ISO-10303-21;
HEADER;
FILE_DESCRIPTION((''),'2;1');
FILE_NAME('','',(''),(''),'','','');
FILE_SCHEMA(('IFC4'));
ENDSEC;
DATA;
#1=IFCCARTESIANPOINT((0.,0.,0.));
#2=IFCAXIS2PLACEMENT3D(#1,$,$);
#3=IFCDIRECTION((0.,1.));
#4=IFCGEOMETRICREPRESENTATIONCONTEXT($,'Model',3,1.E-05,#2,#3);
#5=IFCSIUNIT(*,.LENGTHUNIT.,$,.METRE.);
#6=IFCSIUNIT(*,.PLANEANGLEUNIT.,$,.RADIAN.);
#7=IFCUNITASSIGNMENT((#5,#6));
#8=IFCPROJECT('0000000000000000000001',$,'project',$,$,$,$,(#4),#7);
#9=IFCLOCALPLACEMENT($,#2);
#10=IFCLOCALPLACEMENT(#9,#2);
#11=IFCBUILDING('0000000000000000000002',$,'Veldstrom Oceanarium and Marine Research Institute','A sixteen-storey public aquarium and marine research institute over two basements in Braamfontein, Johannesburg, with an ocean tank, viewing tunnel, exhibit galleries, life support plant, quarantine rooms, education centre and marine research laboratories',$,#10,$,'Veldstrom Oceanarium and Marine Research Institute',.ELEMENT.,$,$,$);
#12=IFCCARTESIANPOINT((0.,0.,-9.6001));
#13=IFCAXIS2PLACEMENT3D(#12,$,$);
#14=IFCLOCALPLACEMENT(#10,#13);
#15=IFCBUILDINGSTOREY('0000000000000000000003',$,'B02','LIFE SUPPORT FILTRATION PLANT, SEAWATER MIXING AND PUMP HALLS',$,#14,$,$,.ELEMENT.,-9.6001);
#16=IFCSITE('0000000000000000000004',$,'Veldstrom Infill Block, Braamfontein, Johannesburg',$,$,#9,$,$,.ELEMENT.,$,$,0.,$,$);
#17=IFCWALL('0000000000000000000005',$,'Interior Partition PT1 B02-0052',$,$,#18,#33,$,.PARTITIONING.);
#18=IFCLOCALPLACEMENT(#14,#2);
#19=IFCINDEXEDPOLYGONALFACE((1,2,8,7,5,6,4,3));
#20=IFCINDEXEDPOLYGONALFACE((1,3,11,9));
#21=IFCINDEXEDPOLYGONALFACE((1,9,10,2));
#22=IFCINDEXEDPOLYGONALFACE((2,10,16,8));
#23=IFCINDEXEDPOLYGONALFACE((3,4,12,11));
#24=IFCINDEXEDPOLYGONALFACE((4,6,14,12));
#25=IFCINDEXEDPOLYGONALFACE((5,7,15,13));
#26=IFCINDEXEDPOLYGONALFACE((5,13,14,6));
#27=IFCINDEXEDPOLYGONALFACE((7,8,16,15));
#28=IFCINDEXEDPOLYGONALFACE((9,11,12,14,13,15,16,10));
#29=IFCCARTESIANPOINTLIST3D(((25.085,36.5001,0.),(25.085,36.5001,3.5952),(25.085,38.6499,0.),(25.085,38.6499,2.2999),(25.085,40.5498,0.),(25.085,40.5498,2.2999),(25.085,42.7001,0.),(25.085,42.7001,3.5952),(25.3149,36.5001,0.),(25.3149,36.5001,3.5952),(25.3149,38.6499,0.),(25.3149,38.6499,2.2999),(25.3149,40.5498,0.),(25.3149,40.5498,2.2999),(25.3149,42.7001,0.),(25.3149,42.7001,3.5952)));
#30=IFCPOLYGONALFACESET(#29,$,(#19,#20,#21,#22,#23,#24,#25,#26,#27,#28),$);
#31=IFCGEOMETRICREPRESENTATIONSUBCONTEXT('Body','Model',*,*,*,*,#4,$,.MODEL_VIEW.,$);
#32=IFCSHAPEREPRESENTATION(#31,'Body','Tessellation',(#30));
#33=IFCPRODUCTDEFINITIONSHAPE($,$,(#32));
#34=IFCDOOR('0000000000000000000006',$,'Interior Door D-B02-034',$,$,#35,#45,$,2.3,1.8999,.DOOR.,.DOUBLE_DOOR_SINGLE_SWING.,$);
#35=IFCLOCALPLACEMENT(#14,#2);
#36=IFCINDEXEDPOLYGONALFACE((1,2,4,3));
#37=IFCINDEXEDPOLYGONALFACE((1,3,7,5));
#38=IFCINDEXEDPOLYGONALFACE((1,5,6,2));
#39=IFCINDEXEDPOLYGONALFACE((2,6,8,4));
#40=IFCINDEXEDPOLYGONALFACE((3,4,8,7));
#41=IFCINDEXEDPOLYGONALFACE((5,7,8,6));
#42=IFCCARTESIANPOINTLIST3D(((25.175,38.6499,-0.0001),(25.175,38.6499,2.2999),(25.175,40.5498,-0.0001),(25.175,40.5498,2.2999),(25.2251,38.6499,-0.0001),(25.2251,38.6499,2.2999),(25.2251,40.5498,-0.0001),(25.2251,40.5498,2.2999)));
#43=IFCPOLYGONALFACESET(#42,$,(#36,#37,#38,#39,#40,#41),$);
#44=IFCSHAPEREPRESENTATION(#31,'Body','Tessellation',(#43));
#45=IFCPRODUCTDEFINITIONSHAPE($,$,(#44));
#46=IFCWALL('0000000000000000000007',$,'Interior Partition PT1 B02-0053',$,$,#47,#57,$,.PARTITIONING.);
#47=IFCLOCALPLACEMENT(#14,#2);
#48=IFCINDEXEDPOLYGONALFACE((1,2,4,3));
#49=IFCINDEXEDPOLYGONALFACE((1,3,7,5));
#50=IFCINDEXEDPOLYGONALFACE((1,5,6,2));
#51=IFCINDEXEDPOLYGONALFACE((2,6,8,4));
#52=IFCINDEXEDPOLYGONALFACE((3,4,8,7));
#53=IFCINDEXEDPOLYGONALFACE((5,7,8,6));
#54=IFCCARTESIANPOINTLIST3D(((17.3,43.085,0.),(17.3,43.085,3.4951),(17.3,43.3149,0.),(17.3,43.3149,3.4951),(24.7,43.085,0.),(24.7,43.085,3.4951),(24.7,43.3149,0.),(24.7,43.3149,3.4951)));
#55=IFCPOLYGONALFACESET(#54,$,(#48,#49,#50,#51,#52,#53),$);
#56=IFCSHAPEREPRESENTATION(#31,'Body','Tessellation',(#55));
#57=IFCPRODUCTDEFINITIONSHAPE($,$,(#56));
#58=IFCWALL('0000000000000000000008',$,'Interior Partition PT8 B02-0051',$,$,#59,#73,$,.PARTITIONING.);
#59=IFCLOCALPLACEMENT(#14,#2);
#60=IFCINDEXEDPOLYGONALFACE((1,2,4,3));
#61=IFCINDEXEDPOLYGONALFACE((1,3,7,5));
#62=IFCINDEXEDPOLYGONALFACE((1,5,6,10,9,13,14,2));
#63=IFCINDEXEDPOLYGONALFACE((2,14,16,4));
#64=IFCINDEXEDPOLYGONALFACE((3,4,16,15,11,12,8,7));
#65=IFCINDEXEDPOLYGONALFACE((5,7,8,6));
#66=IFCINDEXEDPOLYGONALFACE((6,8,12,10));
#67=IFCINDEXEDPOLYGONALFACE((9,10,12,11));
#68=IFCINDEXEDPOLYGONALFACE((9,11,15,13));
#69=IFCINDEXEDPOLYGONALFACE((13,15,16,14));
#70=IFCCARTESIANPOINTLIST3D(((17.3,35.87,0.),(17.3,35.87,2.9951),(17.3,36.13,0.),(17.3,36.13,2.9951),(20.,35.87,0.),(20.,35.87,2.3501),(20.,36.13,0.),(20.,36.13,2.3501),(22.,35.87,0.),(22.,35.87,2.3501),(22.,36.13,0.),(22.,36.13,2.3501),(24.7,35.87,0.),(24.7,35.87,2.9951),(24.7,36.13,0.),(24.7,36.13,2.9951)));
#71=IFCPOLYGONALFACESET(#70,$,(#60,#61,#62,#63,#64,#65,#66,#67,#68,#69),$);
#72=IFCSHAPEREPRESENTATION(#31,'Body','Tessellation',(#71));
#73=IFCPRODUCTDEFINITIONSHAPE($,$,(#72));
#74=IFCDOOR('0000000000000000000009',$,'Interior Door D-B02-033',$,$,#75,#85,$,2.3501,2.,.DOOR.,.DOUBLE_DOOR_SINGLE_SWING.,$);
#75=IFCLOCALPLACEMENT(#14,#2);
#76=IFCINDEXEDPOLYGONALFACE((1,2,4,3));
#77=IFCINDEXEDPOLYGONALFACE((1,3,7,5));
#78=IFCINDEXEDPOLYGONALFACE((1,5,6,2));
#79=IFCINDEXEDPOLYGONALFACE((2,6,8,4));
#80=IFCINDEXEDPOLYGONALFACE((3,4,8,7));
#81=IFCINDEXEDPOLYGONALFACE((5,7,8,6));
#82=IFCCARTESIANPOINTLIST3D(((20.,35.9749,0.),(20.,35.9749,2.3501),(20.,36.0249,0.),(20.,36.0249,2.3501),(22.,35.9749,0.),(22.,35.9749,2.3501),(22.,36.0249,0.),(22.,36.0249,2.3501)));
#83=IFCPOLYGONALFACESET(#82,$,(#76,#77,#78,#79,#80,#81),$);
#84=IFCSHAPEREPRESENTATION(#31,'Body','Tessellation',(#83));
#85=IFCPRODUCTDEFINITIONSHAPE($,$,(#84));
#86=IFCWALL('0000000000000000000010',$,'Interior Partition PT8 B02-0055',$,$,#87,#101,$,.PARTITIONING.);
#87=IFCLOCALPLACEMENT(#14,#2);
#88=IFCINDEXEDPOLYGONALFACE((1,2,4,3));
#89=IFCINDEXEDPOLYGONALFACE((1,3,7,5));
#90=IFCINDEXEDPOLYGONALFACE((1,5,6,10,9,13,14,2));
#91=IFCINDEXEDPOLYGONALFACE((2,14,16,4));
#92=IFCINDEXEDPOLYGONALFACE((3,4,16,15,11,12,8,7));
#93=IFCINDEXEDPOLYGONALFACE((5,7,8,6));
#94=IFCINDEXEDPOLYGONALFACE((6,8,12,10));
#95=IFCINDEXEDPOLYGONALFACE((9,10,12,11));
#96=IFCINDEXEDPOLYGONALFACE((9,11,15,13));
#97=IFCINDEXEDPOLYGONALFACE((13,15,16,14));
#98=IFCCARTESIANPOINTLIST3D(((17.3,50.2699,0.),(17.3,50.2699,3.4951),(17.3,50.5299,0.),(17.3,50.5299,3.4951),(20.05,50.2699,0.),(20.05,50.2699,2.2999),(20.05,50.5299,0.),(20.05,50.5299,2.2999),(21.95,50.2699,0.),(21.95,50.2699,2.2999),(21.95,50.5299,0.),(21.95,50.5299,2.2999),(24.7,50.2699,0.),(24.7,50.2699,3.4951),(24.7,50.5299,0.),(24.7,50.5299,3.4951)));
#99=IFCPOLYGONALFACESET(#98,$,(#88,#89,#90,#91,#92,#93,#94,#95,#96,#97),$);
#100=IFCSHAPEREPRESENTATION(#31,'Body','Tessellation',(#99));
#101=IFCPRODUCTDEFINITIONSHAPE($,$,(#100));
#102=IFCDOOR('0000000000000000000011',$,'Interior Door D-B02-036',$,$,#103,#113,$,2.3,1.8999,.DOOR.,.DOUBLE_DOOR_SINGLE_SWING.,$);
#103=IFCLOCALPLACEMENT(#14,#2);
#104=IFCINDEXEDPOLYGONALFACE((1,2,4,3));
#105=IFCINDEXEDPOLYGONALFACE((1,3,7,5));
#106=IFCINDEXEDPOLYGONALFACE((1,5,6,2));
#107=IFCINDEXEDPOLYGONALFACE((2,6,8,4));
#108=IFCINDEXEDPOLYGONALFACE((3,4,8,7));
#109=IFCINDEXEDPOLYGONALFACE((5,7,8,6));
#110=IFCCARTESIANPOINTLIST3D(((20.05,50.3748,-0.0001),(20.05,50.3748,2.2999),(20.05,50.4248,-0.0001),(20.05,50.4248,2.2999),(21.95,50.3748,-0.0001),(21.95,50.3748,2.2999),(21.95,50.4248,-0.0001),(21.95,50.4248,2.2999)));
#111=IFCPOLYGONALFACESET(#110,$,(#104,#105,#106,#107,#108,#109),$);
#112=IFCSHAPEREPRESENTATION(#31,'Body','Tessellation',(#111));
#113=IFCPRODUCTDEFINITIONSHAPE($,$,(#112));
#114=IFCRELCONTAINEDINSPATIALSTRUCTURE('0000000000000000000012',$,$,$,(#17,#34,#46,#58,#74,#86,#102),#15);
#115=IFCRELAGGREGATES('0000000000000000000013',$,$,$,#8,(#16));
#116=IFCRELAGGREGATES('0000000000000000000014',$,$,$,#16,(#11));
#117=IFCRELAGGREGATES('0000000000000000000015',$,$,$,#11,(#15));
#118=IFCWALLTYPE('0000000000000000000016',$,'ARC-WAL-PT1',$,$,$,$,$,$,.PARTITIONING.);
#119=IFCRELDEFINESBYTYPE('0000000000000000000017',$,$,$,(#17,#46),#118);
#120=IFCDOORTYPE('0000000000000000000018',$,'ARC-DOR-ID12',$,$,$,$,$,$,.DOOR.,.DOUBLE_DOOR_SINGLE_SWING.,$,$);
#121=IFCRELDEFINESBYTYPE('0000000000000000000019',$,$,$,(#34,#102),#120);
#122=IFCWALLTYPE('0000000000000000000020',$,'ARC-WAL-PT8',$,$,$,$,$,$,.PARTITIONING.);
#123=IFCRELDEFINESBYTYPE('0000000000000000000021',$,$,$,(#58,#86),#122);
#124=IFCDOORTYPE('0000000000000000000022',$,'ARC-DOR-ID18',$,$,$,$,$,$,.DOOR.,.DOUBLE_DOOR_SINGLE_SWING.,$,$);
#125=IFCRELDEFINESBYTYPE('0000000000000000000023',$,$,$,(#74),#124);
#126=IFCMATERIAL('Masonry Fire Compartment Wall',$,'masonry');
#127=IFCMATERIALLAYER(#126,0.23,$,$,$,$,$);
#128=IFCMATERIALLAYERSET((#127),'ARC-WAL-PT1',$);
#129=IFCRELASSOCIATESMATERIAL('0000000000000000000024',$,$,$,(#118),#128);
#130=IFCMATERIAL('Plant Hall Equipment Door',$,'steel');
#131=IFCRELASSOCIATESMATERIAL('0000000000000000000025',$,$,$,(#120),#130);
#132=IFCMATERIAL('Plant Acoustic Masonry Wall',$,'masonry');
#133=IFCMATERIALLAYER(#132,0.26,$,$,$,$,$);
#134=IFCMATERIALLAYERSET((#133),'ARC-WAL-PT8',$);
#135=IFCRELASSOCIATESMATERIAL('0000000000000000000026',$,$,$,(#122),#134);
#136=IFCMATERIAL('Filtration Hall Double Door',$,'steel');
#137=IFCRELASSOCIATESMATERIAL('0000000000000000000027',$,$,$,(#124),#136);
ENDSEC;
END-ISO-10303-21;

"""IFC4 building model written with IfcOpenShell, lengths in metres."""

from ifc_helpers import new_model, si_unit, direction, frame, frame_2d, origin, place, context, subcontext, project, spatial, rectangle, extrude, material, layer, layer_set, type_object, element, fill, save


model = new_model("IFC4")

# Units and contexts
model_context = context("Model", 3, precision=1e-05, world=origin(), true_north=direction((0.0, 1.0)))
body_context = subcontext(model_context, "Body", "Model", "MODEL_VIEW")
ifc_project = project(units=[si_unit("LENGTHUNIT", "METRE"), si_unit("PLANEANGLEUNIT", "RADIAN")], contexts=[model_context])

# Site, building, storey
site_placement = place(None, origin())
site = spatial("IfcSite", under=ifc_project, at=site_placement, Name="Veldstrom Infill Block, Braamfontein, Johannesburg", CompositionType="ELEMENT", RefElevation=0.0)
building_placement = place(site_placement, origin())
building = spatial("IfcBuilding", under=site, at=building_placement, Name="Veldstrom Oceanarium and Marine Research Institute", Description="A sixteen-storey public aquarium and marine research institute over two basements in Braamfontein, Johannesburg, with an ocean tank, viewing tunnel, exhibit galleries, life support plant, quarantine rooms, education centre and marine research laboratories", LongName="Veldstrom Oceanarium and Marine Research Institute", CompositionType="ELEMENT")
storey_placement = place(building_placement, frame((0.0, 0.0, -9.6001)))
storey = spatial("IfcBuildingStorey", under=building, at=storey_placement, Name="B02", Description="LIFE SUPPORT FILTRATION PLANT, SEAWATER MIXING AND PUMP HALLS", CompositionType="ELEMENT", Elevation=-9.6001)

# Wall, opening, door
ifc_material_1 = material(Name="Masonry Fire Compartment Wall", Category="masonry")
ifc_layer_1 = layer(ifc_material_1, 0.23)
ifc_layer_set_1 = layer_set([ifc_layer_1], Name="ARC-WAL-PT1")
wall_type_1 = type_object("IfcWallType", Name="ARC-WAL-PT1", PredefinedType="PARTITIONING", material=ifc_layer_set_1)
ifc_material_2 = material(Name="Plant Hall Equipment Door", Category="steel")
door_type_1 = type_object("IfcDoorType", Name="ARC-DOR-ID12", OperationType="DOUBLE_DOOR_SINGLE_SWING", PredefinedType="DOOR", material=ifc_material_2)
wall_1_placement = place(storey_placement, frame((25.2, 36.5, 0.0), z_axis=(0.0, 0.0, 1.0), x_axis=(0.0, 1.0, 0.0)))
wall_1 = element("IfcWall", 1, at=wall_1_placement, inside=storey, type_object=wall_type_1, Name="Interior Partition PT1 B02-0052", PredefinedType="PARTITIONING", context=body_context, shape_type="SweptSolid", body=[
    extrude(rectangle(XDim=6.2, YDim=0.23, at=frame_2d((3.1001, 0.0))), origin(), (0.0, 0.0, 1.0), 3.5952),
])
opening_1_placement = place(wall_1_placement, frame((2.1499, 0.0, 0.0)))
opening_1 = element("IfcOpeningElement", 2, at=opening_1_placement, cuts=wall_1, PredefinedType="OPENING", context=body_context, shape_type="SweptSolid", body=[
    extrude(rectangle(XDim=1.8999, YDim=2.3, at=frame_2d((0.95, 1.1499))), frame((0.0, 0.125, 0.0), z_axis=(0.0, -1.0, 0.0), x_axis=(1.0, 0.0, 0.0)), (0.0, 0.0, 1.0), 0.25),
])
door_1_placement = place(opening_1_placement, origin())
door_1 = element("IfcDoor", 3, at=door_1_placement, inside=storey, type_object=door_type_1, Name="Interior Door D-B02-034", OperationType="DOUBLE_DOOR_SINGLE_SWING", OverallHeight=2.3, OverallWidth=1.8999, PredefinedType="DOOR", context=body_context, shape_type="SweptSolid", body=[
    extrude(rectangle(XDim=1.8999, YDim=2.3, at=frame_2d((0.95, 1.1499))), frame((0.0, 0.0249, 0.0), z_axis=(0.0, -1.0, 0.0), x_axis=(1.0, 0.0, 0.0)), (0.0, 0.0, 1.0), 0.05),
])
fill(opening_1, door_1)

# Wall
wall_2_placement = place(storey_placement, frame((17.3, 43.2, 0.0), z_axis=(0.0, 0.0, 1.0), x_axis=(1.0, 0.0, 0.0)))
element("IfcWall", 4, at=wall_2_placement, inside=storey, type_object=wall_type_1, Name="Interior Partition PT1 B02-0053", PredefinedType="PARTITIONING", context=body_context, shape_type="SweptSolid", body=[
    extrude(rectangle(XDim=7.3999, YDim=0.23, at=frame_2d((3.7, 0.0))), origin(), (0.0, 0.0, 1.0), 3.4951),
])

# Walls, openings, doors
ifc_material_3 = material(Name="Plant Acoustic Masonry Wall", Category="masonry")
ifc_layer_2 = layer(ifc_material_3, 0.26)
ifc_layer_set_2 = layer_set([ifc_layer_2], Name="ARC-WAL-PT8")
wall_type_2 = type_object("IfcWallType", Name="ARC-WAL-PT8", PredefinedType="PARTITIONING", material=ifc_layer_set_2)
wall_3_placement = place(storey_placement, frame((17.3, 36.0, 0.0), z_axis=(0.0, 0.0, 1.0), x_axis=(1.0, 0.0, 0.0)))
wall_3 = element("IfcWall", 5, at=wall_3_placement, inside=storey, type_object=wall_type_2, Name="Interior Partition PT8 B02-0051", PredefinedType="PARTITIONING", context=body_context, shape_type="SweptSolid", body=[
    extrude(rectangle(XDim=7.3999, YDim=0.26, at=frame_2d((3.7, 0.0))), origin(), (0.0, 0.0, 1.0), 2.9951),
])
opening_2_placement = place(wall_3_placement, frame((2.7, 0.0, 0.0)))
opening_2 = element("IfcOpeningElement", 6, at=opening_2_placement, cuts=wall_3, PredefinedType="OPENING", context=body_context, shape_type="SweptSolid", body=[
    extrude(rectangle(XDim=2.0, YDim=2.3501, at=frame_2d((1.0, 1.175))), frame((0.0, 0.1399, 0.0), z_axis=(0.0, -1.0, 0.0), x_axis=(1.0, 0.0, 0.0)), (0.0, 0.0, 1.0), 0.28),
])
ifc_material_4 = material(Name="Filtration Hall Double Door", Category="steel")
door_type_2 = type_object("IfcDoorType", Name="ARC-DOR-ID18", OperationType="DOUBLE_DOOR_SINGLE_SWING", PredefinedType="DOOR", material=ifc_material_4)
door_2_placement = place(opening_2_placement, origin())
door_2 = element("IfcDoor", 7, at=door_2_placement, inside=storey, type_object=door_type_2, Name="Interior Door D-B02-033", OperationType="DOUBLE_DOOR_SINGLE_SWING", OverallHeight=2.3501, OverallWidth=2.0, PredefinedType="DOOR", context=body_context, shape_type="SweptSolid", body=[
    extrude(rectangle(XDim=2.0, YDim=2.3501, at=frame_2d((1.0, 1.175))), frame((0.0, 0.0249, 0.0), z_axis=(0.0, -1.0, 0.0), x_axis=(1.0, 0.0, 0.0)), (0.0, 0.0, 1.0), 0.05),
])
fill(opening_2, door_2)
wall_4_placement = place(storey_placement, frame((17.3, 50.3999, 0.0), z_axis=(0.0, 0.0, 1.0), x_axis=(1.0, 0.0, 0.0)))
wall_4 = element("IfcWall", 8, at=wall_4_placement, inside=storey, type_object=wall_type_2, Name="Interior Partition PT8 B02-0055", PredefinedType="PARTITIONING", context=body_context, shape_type="SweptSolid", body=[
    extrude(rectangle(XDim=7.3999, YDim=0.26, at=frame_2d((3.7, 0.0))), origin(), (0.0, 0.0, 1.0), 3.4951),
])
opening_3_placement = place(wall_4_placement, frame((2.75, 0.0, 0.0)))
opening_3 = element("IfcOpeningElement", 9, at=opening_3_placement, cuts=wall_4, PredefinedType="OPENING", context=body_context, shape_type="SweptSolid", body=[
    extrude(rectangle(XDim=1.8999, YDim=2.3, at=frame_2d((0.95, 1.1499))), frame((0.0, 0.1399, 0.0), z_axis=(0.0, -1.0, 0.0), x_axis=(1.0, 0.0, 0.0)), (0.0, 0.0, 1.0), 0.28),
])
door_3_placement = place(opening_3_placement, origin())
door_3 = element("IfcDoor", 10, at=door_3_placement, inside=storey, type_object=door_type_1, Name="Interior Door D-B02-036", OperationType="DOUBLE_DOOR_SINGLE_SWING", OverallHeight=2.3, OverallWidth=1.8999, PredefinedType="DOOR", context=body_context, shape_type="SweptSolid", body=[
    extrude(rectangle(XDim=1.8999, YDim=2.3, at=frame_2d((0.95, 1.1499))), frame((0.0, 0.0249, 0.0), z_axis=(0.0, -1.0, 0.0), x_axis=(1.0, 0.0, 0.0)), (0.0, 0.0, 1.0), 0.05),
])
fill(opening_3, door_3)

save(model, "model.ifc")
